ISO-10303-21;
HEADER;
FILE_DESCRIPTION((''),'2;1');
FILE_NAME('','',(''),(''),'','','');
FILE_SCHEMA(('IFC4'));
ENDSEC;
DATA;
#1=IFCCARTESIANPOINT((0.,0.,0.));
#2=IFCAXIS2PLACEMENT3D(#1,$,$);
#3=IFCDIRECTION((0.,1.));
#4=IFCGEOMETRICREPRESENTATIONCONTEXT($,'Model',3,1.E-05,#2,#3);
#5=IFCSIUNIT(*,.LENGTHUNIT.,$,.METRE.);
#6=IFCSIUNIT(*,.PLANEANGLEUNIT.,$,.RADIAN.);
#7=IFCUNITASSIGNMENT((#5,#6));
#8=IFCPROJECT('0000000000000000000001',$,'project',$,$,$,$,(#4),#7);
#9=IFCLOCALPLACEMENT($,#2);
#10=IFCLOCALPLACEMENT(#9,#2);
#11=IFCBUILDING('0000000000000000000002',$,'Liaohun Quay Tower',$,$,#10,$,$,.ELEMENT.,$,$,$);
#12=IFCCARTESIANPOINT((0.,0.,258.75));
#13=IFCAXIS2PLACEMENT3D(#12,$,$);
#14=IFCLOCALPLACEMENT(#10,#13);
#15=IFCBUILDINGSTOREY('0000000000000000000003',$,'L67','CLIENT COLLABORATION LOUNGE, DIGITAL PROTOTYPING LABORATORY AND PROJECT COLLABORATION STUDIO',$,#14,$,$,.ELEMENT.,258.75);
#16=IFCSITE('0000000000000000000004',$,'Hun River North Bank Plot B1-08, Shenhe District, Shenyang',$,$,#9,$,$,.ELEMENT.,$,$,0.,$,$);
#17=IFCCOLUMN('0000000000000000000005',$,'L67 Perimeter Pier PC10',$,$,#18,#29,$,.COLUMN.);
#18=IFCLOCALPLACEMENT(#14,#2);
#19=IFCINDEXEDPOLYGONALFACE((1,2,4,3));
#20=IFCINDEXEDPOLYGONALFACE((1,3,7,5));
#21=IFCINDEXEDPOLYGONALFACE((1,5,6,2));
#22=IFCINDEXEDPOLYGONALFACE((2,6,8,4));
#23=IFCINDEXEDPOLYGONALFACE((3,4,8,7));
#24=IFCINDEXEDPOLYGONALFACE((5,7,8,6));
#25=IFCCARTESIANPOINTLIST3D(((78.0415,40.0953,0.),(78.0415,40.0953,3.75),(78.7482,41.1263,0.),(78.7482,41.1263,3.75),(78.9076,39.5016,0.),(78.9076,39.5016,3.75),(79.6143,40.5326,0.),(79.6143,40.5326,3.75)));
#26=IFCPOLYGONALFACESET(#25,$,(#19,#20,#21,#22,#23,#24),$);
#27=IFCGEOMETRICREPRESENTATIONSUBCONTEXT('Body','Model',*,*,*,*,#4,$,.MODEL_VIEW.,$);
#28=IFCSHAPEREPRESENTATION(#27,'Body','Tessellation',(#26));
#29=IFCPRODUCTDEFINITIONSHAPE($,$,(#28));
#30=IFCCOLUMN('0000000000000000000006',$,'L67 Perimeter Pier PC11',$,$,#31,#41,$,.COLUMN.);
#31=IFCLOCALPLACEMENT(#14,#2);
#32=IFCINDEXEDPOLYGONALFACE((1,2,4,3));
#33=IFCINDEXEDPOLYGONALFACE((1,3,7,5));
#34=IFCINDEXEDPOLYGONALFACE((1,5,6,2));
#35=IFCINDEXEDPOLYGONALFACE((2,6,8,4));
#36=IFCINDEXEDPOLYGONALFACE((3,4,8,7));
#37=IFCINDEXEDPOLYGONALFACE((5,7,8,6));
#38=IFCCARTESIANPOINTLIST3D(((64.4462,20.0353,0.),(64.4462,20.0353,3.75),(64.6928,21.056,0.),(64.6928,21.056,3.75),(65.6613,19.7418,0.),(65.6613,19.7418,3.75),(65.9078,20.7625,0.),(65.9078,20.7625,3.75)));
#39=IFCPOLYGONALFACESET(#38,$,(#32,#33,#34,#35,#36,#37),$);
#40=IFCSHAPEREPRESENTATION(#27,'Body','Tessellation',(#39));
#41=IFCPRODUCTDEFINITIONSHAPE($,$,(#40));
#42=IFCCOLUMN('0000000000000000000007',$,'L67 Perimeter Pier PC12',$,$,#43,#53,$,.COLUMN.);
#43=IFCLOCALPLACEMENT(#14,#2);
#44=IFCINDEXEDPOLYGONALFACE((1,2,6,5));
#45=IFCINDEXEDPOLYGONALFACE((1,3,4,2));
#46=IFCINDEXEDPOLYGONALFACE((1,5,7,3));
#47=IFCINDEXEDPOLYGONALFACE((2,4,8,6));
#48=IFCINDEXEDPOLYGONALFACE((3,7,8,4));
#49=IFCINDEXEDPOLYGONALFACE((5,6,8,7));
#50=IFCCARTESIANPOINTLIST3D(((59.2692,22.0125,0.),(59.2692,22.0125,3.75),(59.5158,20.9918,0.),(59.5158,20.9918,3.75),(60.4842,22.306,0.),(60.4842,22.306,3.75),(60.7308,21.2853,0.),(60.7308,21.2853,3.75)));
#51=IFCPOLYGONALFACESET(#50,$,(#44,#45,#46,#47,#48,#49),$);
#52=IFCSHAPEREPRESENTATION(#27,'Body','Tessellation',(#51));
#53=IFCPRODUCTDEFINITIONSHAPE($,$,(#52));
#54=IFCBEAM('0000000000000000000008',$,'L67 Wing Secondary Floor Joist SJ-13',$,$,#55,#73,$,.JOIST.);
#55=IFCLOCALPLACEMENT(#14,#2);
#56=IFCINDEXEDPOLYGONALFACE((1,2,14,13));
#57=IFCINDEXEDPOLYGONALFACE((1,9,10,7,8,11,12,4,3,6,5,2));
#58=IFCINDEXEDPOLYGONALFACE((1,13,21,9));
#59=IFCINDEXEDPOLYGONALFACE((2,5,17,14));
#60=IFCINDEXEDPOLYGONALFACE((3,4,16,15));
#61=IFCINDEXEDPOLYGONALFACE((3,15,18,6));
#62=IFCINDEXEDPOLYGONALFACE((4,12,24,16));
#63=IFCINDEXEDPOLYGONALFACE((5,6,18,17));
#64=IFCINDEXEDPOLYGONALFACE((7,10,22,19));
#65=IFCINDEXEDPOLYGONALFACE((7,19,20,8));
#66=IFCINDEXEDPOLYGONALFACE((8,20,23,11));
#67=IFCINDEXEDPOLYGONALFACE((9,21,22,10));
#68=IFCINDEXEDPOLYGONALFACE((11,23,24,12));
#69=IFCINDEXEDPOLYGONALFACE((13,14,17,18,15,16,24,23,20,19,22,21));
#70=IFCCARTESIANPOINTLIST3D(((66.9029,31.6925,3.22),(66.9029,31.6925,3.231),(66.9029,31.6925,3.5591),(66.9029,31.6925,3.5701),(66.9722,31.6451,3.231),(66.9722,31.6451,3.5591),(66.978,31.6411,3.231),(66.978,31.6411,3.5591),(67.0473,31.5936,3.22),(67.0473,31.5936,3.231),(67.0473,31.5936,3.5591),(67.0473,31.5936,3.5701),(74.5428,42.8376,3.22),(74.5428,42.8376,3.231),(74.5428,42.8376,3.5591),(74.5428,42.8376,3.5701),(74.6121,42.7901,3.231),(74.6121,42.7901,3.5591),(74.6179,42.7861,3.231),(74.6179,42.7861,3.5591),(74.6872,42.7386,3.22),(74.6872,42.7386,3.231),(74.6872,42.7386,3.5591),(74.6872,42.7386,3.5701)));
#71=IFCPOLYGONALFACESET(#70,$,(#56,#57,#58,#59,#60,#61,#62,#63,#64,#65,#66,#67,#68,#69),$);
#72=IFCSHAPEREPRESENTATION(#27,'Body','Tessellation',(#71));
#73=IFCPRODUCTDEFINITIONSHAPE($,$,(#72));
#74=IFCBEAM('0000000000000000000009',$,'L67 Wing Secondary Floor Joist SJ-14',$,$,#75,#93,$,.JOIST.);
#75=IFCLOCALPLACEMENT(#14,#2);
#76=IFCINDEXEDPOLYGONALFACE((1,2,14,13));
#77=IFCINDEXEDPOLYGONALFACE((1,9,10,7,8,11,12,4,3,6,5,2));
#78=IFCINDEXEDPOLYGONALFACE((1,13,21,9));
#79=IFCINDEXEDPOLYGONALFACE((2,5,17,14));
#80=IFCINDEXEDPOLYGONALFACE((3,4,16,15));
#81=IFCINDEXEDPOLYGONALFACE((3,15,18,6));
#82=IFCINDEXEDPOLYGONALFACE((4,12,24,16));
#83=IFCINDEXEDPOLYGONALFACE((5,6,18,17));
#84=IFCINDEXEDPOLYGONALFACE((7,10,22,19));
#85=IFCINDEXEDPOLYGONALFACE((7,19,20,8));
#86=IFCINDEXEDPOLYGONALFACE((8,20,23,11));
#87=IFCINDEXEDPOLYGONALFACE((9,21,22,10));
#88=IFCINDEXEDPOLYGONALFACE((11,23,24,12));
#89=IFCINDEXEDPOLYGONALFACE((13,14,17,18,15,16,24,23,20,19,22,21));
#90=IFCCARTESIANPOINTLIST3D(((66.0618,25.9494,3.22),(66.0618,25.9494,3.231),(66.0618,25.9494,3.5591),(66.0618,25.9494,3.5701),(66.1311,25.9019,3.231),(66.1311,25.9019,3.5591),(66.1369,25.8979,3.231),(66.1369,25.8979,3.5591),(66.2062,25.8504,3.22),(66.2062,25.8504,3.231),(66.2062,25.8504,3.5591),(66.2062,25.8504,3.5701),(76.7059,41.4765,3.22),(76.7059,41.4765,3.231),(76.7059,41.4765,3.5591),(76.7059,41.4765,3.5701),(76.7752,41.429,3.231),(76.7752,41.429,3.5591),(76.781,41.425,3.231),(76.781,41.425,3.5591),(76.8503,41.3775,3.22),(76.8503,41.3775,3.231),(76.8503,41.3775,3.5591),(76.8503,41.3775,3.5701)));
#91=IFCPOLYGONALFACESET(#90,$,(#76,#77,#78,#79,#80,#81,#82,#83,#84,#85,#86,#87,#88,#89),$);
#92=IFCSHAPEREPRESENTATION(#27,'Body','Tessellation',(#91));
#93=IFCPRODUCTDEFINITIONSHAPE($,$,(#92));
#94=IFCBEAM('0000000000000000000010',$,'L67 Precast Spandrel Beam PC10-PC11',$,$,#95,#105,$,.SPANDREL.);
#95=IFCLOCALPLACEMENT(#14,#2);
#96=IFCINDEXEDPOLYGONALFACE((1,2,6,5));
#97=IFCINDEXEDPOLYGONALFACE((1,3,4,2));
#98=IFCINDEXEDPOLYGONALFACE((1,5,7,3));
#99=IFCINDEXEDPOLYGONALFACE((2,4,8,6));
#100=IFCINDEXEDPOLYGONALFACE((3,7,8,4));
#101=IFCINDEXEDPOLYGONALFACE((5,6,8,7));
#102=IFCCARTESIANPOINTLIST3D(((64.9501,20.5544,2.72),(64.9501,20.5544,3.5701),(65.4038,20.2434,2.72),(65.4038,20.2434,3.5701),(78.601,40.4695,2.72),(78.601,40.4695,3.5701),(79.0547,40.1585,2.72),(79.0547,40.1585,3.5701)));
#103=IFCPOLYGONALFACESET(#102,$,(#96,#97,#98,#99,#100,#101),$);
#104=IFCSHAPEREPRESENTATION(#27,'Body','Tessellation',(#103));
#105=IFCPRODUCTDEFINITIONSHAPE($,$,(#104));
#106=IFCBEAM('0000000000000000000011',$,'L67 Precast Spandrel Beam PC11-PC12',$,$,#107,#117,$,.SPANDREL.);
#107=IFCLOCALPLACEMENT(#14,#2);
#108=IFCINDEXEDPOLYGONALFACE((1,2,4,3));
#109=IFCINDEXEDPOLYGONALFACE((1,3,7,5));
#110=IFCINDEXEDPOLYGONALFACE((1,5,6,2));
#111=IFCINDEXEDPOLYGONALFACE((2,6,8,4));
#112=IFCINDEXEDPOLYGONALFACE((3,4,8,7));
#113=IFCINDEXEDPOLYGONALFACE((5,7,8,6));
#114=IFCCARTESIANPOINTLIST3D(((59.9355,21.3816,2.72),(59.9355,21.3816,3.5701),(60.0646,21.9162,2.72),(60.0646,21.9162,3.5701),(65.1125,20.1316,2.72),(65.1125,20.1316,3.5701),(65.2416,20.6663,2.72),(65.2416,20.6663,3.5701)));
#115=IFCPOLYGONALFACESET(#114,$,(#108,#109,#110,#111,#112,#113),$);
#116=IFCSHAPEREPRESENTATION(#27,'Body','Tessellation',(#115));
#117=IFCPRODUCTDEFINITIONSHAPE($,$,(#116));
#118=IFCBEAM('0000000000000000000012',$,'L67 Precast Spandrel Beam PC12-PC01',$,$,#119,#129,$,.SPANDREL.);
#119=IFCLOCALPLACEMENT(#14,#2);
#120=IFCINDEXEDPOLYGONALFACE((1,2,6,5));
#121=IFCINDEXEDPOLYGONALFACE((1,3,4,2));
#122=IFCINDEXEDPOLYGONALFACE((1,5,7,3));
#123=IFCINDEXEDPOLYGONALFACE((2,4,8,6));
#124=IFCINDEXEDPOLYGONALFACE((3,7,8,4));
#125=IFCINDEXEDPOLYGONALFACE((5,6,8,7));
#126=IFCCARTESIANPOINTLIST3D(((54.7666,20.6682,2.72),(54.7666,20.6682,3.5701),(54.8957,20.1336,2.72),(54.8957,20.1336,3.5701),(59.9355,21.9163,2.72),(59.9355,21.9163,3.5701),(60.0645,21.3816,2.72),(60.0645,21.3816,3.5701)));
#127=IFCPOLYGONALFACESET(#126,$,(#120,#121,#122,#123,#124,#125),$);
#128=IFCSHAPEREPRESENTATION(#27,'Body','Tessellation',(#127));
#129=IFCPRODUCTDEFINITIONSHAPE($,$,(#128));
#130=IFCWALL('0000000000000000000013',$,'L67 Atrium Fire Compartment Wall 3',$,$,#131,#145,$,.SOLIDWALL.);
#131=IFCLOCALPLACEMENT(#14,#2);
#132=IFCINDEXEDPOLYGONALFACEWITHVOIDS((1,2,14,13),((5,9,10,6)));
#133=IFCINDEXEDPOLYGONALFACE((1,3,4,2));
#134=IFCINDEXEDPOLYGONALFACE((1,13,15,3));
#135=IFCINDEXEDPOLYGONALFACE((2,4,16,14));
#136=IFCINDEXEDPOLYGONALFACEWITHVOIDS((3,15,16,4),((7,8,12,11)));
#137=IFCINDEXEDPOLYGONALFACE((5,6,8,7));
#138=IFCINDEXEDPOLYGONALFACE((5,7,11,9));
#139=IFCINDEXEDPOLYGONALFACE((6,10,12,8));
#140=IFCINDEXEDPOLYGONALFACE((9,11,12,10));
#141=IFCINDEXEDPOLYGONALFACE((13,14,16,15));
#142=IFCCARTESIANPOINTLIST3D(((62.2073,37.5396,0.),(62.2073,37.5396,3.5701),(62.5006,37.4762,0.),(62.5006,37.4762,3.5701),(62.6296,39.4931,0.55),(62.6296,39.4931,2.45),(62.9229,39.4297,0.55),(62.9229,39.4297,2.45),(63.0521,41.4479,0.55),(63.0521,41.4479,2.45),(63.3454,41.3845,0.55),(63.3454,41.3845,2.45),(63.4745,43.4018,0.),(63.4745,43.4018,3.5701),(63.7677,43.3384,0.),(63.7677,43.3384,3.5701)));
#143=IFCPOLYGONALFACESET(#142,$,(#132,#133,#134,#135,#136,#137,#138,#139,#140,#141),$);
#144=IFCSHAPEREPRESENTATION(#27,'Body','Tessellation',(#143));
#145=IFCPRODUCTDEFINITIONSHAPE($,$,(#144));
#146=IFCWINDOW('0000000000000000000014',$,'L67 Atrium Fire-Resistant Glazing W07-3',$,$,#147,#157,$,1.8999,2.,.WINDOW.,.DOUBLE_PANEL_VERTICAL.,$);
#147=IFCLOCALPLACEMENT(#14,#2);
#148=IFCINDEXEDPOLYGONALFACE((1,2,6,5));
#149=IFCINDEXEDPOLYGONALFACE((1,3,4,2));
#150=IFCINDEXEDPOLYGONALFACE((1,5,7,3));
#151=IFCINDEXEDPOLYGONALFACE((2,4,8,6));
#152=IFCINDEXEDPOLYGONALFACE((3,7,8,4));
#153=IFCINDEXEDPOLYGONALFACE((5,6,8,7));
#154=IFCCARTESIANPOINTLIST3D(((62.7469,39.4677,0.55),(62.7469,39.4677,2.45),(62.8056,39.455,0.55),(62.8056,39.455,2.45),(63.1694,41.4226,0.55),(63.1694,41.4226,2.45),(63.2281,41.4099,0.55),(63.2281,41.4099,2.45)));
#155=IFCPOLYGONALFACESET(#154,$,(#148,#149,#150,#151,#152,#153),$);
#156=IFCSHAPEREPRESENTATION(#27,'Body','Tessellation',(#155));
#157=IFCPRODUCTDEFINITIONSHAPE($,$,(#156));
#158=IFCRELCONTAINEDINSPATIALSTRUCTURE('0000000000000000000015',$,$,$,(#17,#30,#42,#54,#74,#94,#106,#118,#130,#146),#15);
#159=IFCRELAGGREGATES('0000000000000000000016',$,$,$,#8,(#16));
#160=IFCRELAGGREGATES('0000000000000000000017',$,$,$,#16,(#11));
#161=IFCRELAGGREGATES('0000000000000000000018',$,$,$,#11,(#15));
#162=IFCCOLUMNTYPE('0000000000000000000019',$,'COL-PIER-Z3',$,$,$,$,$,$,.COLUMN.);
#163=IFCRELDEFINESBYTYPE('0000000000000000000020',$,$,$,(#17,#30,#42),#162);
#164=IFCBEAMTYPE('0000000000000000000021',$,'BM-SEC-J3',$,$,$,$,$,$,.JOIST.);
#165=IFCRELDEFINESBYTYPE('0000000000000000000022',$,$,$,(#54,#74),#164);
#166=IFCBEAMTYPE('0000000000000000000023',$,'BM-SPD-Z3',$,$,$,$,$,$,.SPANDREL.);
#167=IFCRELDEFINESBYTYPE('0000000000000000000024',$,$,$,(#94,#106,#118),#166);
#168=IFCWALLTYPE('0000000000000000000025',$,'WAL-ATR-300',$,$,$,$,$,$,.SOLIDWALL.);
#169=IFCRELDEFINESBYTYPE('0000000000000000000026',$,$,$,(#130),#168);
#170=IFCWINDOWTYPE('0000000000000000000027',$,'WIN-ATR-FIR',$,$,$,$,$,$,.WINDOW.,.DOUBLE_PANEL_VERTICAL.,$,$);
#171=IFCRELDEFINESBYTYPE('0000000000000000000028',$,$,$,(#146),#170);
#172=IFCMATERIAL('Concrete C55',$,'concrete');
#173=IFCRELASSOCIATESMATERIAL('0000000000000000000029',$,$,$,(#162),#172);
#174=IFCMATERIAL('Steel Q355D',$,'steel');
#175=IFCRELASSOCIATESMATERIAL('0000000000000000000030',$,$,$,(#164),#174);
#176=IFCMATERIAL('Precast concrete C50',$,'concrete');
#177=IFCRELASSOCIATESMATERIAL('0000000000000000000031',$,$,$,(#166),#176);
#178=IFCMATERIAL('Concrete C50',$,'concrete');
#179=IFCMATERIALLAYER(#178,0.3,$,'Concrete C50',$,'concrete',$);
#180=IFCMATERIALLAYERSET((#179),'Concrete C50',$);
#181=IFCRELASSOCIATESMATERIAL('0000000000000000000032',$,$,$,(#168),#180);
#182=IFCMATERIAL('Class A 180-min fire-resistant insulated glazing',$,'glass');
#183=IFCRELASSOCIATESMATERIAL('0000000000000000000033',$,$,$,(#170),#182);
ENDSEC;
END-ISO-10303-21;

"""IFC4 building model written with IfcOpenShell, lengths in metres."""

from ifc_helpers import new_model, si_unit, direction, frame, frame_2d, origin, origin_2d, place, context, subcontext, project, spatial, rectangle, i_section, extrude, source, transform, mapped, material, layer, layer_set, material_profile, profile_set, type_object, element, fill, save


model = new_model("IFC4")

# Units and contexts
model_context = context("Model", 3, precision=1e-05, world=origin(), true_north=direction((0.0, 1.0)))
body_context = subcontext(model_context, "Body", "Model", "MODEL_VIEW")
ifc_project = project(units=[si_unit("LENGTHUNIT", "METRE"), si_unit("PLANEANGLEUNIT", "RADIAN")], contexts=[model_context])

# Site, building, storey
site_placement = place(None, origin())
site = spatial("IfcSite", under=ifc_project, at=site_placement, Name="Hun River North Bank Plot B1-08, Shenhe District, Shenyang", CompositionType="ELEMENT", RefElevation=0.0)
building_placement = place(site_placement, origin())
building = spatial("IfcBuilding", under=site, at=building_placement, Name="Liaohun Quay Tower", CompositionType="ELEMENT")
storey_placement = place(building_placement, frame((0.0, 0.0, 258.75)))
storey = spatial("IfcBuildingStorey", under=building, at=storey_placement, Name="L67", Description="CLIENT COLLABORATION LOUNGE, DIGITAL PROTOTYPING LABORATORY AND PROJECT COLLABORATION STUDIO", CompositionType="ELEMENT", Elevation=258.75)

# Columns
ifc_material_1 = material(Name="Concrete C55", Category="concrete")
ifc_material_profile_1 = material_profile(ifc_material_1, rectangle(XDim=1.25, YDim=1.05, at=origin_2d()), Name="RC1250x1050")
ifc_profile_set_1 = profile_set([ifc_material_profile_1], Name="Concrete C55")
column_type = type_object("IfcColumnType", Name="COL-PIER-Z3", PredefinedType="COLUMN", material=ifc_profile_set_1)
shared_shape_1 = source(origin(), body_context, "Body", "SweptSolid", [
    extrude(rectangle(XDim=1.25, YDim=1.05, at=origin_2d()), origin(), (0.0, 0.0, 1.0), 3.75),
])
for number, where, z_axis, x_axis, name in (
    (1, (78.8279, 40.314, 0.0), (0.0, 0.0, 1.0), (0.565399, 0.824818, 0.0), "L67 Perimeter Pier PC10"),
    (2, (65.177, 20.3989, 0.0), (0.0, 0.0, 1.0), (-0.972043, 0.234803, 0.0), "L67 Perimeter Pier PC11"),
    (3, (60.0, 21.6489, 0.0), (0.0, 0.0, 1.0), (0.972043, 0.234803, 0.0), "L67 Perimeter Pier PC12"),
):
    element("IfcColumn", number, at=place(storey_placement, frame(where, z_axis=z_axis, x_axis=x_axis)), inside=storey, type_object=column_type, Name=name, PredefinedType="COLUMN", context=body_context, shape_type="MappedRepresentation", body=[
        mapped(shared_shape_1, transform((0.0, 0.0, 0.0), x_axis=(1.0, 0.0, 0.0), y_axis=(0.0, 1.0, 0.0), z_axis=(0.0, 0.0, 1.0), scale=1.0)),
    ])

# Beams
ifc_material_2 = material(Name="Steel Q355D", Category="steel")
ifc_material_profile_2 = material_profile(ifc_material_2, i_section(OverallWidth=0.175, OverallDepth=0.3501, WebThickness=0.0071, FlangeThickness=0.011, at=origin_2d()), Name="HN350x175x7x11")
ifc_profile_set_2 = profile_set([ifc_material_profile_2], Name="Steel Q355D")
beam_type_1 = type_object("IfcBeamType", Name="BM-SEC-J3", PredefinedType="JOIST", material=ifc_profile_set_2)
shared_shape_2 = source(origin(), body_context, "Body", "SweptSolid", [
    extrude(i_section(OverallWidth=0.175, OverallDepth=0.3501, WebThickness=0.0071, FlangeThickness=0.011, at=origin_2d()), origin(), (0.0, 0.0, 1.0), 13.5122),
])
beam_1_placement = place(storey_placement, frame((74.615, 42.7881, 3.395), z_axis=(-0.565407, -0.824812, 0.0), x_axis=(0.824812, -0.565407, 0.0)))
element("IfcBeam", 4, at=beam_1_placement, inside=storey, type_object=beam_type_1, Name="L67 Wing Secondary Floor Joist SJ-13", PredefinedType="JOIST", context=body_context, shape_type="MappedRepresentation", body=[
    mapped(shared_shape_2, transform((0.0, 0.0, 0.0), x_axis=(1.0, 0.0, 0.0), y_axis=(0.0, 1.0, 0.0), z_axis=(0.0, 0.0, 1.0), scale=1.0)),
])
shared_shape_3 = source(origin(), body_context, "Body", "SweptSolid", [
    extrude(i_section(OverallWidth=0.175, OverallDepth=0.3501, WebThickness=0.0071, FlangeThickness=0.011, at=origin_2d()), origin(), (0.0, 0.0, 1.0), 18.8252),
])
beam_2_placement = place(storey_placement, frame((76.7781, 41.427, 3.395), z_axis=(-0.565416, -0.824806, 0.0), x_axis=(0.824806, -0.565416, 0.0)))
element("IfcBeam", 5, at=beam_2_placement, inside=storey, type_object=beam_type_1, Name="L67 Wing Secondary Floor Joist SJ-14", PredefinedType="JOIST", context=body_context, shape_type="MappedRepresentation", body=[
    mapped(shared_shape_3, transform((0.0, 0.0, 0.0), x_axis=(1.0, 0.0, 0.0), y_axis=(0.0, 1.0, 0.0), z_axis=(0.0, 0.0, 1.0), scale=1.0)),
])
ifc_material_3 = material(Name="Precast concrete C50", Category="concrete")
ifc_material_profile_3 = material_profile(ifc_material_3, rectangle(XDim=0.55, YDim=0.8501, at=origin_2d()), Name="RC550x850")
ifc_profile_set_3 = profile_set([ifc_material_profile_3], Name="Precast concrete C50")
beam_type_2 = type_object("IfcBeamType", Name="BM-SPD-Z3", PredefinedType="SPANDREL", material=ifc_profile_set_3)
shared_shape_4 = source(origin(), body_context, "Body", "SweptSolid", [
    extrude(rectangle(XDim=0.55, YDim=0.8501, at=origin_2d()), origin(), (0.0, 0.0, 1.0), 24.1445),
])
beam_3_placement = place(storey_placement, frame((78.8279, 40.314, 3.145), z_axis=(-0.565383, -0.824828, 0.0), x_axis=(0.824828, -0.565383, 0.0)))
element("IfcBeam", 6, at=beam_3_placement, inside=storey, type_object=beam_type_2, Name="L67 Precast Spandrel Beam PC10-PC11", PredefinedType="SPANDREL", context=body_context, shape_type="MappedRepresentation", body=[
    mapped(shared_shape_4, transform((0.0, 0.0, 0.0), x_axis=(1.0, 0.0, 0.0), y_axis=(0.0, 1.0, 0.0), z_axis=(0.0, 0.0, 1.0), scale=1.0)),
])
shared_shape_5 = source(origin(), body_context, "Body", "SweptSolid", [
    extrude(rectangle(XDim=0.55, YDim=0.8501, at=origin_2d()), origin(), (0.0, 0.0, 1.0), 5.3257),
])
beam_4_placement = place(storey_placement, frame((65.177, 20.3989, 3.145), z_axis=(-0.972066, 0.234708, 0.0), x_axis=(-0.234708, -0.972066, 0.0)))
element("IfcBeam", 7, at=beam_4_placement, inside=storey, type_object=beam_type_2, Name="L67 Precast Spandrel Beam PC11-PC12", PredefinedType="SPANDREL", context=body_context, shape_type="MappedRepresentation", body=[
    mapped(shared_shape_5, transform((0.0, 0.0, 0.0), x_axis=(1.0, 0.0, 0.0), y_axis=(0.0, 1.0, 0.0), z_axis=(0.0, 0.0, 1.0), scale=1.0)),
])
shared_shape_6 = source(origin(), body_context, "Body", "SweptSolid", [
    extrude(rectangle(XDim=0.55, YDim=0.8501, at=origin_2d()), origin(), (0.0, 0.0, 1.0), 5.3174),
])
beam_5_placement = place(storey_placement, frame((60.0, 21.6489, 3.145), z_axis=(-0.972066, -0.234706, 0.0), x_axis=(0.234706, -0.972066, 0.0)))
element("IfcBeam", 8, at=beam_5_placement, inside=storey, type_object=beam_type_2, Name="L67 Precast Spandrel Beam PC12-PC01", PredefinedType="SPANDREL", context=body_context, shape_type="MappedRepresentation", body=[
    mapped(shared_shape_6, transform((0.0, 0.0, 0.0), x_axis=(1.0, 0.0, 0.0), y_axis=(0.0, 1.0, 0.0), z_axis=(0.0, 0.0, 1.0), scale=1.0)),
])

# Wall, opening, window
ifc_material_4 = material(Name="Concrete C50", Category="concrete")
ifc_layer_1 = layer(ifc_material_4, 0.3, Name="Concrete C50", Category="concrete")
ifc_layer_set_1 = layer_set([ifc_layer_1], Name="Concrete C50")
wall_type_1 = type_object("IfcWallType", Name="WAL-ATR-300", PredefinedType="SOLIDWALL", material=ifc_layer_set_1)
wall_1_placement = place(storey_placement, frame((63.6211, 43.3701, 0.0), z_axis=(0.0, 0.0, 1.0), x_axis=(-0.211272, -0.977427, 0.0)))
wall_1 = element("IfcWall", 9, at=wall_1_placement, inside=storey, type_object=wall_type_1, Name="L67 Atrium Fire Compartment Wall 3", PredefinedType="SOLIDWALL", context=body_context, shape_type="SweptSolid", body=[
    extrude(rectangle(XDim=5.9976, YDim=0.3, at=frame_2d((2.9988, 0.0))), origin(), (0.0, 0.0, 1.0), 3.5701),
])
shared_shape_7 = source(origin(), body_context, "Body", "SweptSolid", [
    extrude(rectangle(XDim=2.0, YDim=1.8999, at=frame_2d((1.0, 0.95))), frame((0.0, 0.1599, 0.0), z_axis=(0.0, -1.0, 0.0), x_axis=(1.0, 0.0, 0.0)), (0.0, 0.0, 1.0), 0.3201),
])
opening_1_placement = place(wall_1_placement, frame((1.999, 0.0, 0.55)))
opening_1 = element("IfcOpeningElement", 10, at=opening_1_placement, cuts=wall_1, PredefinedType="OPENING", context=body_context, shape_type="MappedRepresentation", body=[
    mapped(shared_shape_7, transform((0.0, 0.0, 0.0), x_axis=(1.0, 0.0, 0.0), y_axis=(0.0, 1.0, 0.0), z_axis=(0.0, 0.0, 1.0), scale=1.0)),
])
ifc_material_5 = material(Name="Class A 180-min fire-resistant insulated glazing", Category="glass")
window_type_1 = type_object("IfcWindowType", Name="WIN-ATR-FIR", PartitioningType="DOUBLE_PANEL_VERTICAL", PredefinedType="WINDOW", material=ifc_material_5)
shared_shape_8 = source(origin(), body_context, "Body", "SweptSolid", [
    extrude(rectangle(XDim=2.0, YDim=1.8999, at=frame_2d((1.0, 0.95))), frame((0.0, 0.03, 0.0), z_axis=(0.0, -1.0, 0.0), x_axis=(1.0, 0.0, 0.0)), (0.0, 0.0, 1.0), 0.0601),
])
window_1_placement = place(opening_1_placement, origin())
window_1 = element("IfcWindow", 11, at=window_1_placement, inside=storey, type_object=window_type_1, Name="L67 Atrium Fire-Resistant Glazing W07-3", OverallHeight=1.8999, OverallWidth=2.0, PartitioningType="DOUBLE_PANEL_VERTICAL", PredefinedType="WINDOW", context=body_context, shape_type="MappedRepresentation", body=[
    mapped(shared_shape_8, transform((0.0, 0.0, 0.0), x_axis=(1.0, 0.0, 0.0), y_axis=(0.0, 1.0, 0.0), z_axis=(0.0, 0.0, 1.0), scale=1.0)),
])
fill(opening_1, window_1)

save(model, "model.ifc")
